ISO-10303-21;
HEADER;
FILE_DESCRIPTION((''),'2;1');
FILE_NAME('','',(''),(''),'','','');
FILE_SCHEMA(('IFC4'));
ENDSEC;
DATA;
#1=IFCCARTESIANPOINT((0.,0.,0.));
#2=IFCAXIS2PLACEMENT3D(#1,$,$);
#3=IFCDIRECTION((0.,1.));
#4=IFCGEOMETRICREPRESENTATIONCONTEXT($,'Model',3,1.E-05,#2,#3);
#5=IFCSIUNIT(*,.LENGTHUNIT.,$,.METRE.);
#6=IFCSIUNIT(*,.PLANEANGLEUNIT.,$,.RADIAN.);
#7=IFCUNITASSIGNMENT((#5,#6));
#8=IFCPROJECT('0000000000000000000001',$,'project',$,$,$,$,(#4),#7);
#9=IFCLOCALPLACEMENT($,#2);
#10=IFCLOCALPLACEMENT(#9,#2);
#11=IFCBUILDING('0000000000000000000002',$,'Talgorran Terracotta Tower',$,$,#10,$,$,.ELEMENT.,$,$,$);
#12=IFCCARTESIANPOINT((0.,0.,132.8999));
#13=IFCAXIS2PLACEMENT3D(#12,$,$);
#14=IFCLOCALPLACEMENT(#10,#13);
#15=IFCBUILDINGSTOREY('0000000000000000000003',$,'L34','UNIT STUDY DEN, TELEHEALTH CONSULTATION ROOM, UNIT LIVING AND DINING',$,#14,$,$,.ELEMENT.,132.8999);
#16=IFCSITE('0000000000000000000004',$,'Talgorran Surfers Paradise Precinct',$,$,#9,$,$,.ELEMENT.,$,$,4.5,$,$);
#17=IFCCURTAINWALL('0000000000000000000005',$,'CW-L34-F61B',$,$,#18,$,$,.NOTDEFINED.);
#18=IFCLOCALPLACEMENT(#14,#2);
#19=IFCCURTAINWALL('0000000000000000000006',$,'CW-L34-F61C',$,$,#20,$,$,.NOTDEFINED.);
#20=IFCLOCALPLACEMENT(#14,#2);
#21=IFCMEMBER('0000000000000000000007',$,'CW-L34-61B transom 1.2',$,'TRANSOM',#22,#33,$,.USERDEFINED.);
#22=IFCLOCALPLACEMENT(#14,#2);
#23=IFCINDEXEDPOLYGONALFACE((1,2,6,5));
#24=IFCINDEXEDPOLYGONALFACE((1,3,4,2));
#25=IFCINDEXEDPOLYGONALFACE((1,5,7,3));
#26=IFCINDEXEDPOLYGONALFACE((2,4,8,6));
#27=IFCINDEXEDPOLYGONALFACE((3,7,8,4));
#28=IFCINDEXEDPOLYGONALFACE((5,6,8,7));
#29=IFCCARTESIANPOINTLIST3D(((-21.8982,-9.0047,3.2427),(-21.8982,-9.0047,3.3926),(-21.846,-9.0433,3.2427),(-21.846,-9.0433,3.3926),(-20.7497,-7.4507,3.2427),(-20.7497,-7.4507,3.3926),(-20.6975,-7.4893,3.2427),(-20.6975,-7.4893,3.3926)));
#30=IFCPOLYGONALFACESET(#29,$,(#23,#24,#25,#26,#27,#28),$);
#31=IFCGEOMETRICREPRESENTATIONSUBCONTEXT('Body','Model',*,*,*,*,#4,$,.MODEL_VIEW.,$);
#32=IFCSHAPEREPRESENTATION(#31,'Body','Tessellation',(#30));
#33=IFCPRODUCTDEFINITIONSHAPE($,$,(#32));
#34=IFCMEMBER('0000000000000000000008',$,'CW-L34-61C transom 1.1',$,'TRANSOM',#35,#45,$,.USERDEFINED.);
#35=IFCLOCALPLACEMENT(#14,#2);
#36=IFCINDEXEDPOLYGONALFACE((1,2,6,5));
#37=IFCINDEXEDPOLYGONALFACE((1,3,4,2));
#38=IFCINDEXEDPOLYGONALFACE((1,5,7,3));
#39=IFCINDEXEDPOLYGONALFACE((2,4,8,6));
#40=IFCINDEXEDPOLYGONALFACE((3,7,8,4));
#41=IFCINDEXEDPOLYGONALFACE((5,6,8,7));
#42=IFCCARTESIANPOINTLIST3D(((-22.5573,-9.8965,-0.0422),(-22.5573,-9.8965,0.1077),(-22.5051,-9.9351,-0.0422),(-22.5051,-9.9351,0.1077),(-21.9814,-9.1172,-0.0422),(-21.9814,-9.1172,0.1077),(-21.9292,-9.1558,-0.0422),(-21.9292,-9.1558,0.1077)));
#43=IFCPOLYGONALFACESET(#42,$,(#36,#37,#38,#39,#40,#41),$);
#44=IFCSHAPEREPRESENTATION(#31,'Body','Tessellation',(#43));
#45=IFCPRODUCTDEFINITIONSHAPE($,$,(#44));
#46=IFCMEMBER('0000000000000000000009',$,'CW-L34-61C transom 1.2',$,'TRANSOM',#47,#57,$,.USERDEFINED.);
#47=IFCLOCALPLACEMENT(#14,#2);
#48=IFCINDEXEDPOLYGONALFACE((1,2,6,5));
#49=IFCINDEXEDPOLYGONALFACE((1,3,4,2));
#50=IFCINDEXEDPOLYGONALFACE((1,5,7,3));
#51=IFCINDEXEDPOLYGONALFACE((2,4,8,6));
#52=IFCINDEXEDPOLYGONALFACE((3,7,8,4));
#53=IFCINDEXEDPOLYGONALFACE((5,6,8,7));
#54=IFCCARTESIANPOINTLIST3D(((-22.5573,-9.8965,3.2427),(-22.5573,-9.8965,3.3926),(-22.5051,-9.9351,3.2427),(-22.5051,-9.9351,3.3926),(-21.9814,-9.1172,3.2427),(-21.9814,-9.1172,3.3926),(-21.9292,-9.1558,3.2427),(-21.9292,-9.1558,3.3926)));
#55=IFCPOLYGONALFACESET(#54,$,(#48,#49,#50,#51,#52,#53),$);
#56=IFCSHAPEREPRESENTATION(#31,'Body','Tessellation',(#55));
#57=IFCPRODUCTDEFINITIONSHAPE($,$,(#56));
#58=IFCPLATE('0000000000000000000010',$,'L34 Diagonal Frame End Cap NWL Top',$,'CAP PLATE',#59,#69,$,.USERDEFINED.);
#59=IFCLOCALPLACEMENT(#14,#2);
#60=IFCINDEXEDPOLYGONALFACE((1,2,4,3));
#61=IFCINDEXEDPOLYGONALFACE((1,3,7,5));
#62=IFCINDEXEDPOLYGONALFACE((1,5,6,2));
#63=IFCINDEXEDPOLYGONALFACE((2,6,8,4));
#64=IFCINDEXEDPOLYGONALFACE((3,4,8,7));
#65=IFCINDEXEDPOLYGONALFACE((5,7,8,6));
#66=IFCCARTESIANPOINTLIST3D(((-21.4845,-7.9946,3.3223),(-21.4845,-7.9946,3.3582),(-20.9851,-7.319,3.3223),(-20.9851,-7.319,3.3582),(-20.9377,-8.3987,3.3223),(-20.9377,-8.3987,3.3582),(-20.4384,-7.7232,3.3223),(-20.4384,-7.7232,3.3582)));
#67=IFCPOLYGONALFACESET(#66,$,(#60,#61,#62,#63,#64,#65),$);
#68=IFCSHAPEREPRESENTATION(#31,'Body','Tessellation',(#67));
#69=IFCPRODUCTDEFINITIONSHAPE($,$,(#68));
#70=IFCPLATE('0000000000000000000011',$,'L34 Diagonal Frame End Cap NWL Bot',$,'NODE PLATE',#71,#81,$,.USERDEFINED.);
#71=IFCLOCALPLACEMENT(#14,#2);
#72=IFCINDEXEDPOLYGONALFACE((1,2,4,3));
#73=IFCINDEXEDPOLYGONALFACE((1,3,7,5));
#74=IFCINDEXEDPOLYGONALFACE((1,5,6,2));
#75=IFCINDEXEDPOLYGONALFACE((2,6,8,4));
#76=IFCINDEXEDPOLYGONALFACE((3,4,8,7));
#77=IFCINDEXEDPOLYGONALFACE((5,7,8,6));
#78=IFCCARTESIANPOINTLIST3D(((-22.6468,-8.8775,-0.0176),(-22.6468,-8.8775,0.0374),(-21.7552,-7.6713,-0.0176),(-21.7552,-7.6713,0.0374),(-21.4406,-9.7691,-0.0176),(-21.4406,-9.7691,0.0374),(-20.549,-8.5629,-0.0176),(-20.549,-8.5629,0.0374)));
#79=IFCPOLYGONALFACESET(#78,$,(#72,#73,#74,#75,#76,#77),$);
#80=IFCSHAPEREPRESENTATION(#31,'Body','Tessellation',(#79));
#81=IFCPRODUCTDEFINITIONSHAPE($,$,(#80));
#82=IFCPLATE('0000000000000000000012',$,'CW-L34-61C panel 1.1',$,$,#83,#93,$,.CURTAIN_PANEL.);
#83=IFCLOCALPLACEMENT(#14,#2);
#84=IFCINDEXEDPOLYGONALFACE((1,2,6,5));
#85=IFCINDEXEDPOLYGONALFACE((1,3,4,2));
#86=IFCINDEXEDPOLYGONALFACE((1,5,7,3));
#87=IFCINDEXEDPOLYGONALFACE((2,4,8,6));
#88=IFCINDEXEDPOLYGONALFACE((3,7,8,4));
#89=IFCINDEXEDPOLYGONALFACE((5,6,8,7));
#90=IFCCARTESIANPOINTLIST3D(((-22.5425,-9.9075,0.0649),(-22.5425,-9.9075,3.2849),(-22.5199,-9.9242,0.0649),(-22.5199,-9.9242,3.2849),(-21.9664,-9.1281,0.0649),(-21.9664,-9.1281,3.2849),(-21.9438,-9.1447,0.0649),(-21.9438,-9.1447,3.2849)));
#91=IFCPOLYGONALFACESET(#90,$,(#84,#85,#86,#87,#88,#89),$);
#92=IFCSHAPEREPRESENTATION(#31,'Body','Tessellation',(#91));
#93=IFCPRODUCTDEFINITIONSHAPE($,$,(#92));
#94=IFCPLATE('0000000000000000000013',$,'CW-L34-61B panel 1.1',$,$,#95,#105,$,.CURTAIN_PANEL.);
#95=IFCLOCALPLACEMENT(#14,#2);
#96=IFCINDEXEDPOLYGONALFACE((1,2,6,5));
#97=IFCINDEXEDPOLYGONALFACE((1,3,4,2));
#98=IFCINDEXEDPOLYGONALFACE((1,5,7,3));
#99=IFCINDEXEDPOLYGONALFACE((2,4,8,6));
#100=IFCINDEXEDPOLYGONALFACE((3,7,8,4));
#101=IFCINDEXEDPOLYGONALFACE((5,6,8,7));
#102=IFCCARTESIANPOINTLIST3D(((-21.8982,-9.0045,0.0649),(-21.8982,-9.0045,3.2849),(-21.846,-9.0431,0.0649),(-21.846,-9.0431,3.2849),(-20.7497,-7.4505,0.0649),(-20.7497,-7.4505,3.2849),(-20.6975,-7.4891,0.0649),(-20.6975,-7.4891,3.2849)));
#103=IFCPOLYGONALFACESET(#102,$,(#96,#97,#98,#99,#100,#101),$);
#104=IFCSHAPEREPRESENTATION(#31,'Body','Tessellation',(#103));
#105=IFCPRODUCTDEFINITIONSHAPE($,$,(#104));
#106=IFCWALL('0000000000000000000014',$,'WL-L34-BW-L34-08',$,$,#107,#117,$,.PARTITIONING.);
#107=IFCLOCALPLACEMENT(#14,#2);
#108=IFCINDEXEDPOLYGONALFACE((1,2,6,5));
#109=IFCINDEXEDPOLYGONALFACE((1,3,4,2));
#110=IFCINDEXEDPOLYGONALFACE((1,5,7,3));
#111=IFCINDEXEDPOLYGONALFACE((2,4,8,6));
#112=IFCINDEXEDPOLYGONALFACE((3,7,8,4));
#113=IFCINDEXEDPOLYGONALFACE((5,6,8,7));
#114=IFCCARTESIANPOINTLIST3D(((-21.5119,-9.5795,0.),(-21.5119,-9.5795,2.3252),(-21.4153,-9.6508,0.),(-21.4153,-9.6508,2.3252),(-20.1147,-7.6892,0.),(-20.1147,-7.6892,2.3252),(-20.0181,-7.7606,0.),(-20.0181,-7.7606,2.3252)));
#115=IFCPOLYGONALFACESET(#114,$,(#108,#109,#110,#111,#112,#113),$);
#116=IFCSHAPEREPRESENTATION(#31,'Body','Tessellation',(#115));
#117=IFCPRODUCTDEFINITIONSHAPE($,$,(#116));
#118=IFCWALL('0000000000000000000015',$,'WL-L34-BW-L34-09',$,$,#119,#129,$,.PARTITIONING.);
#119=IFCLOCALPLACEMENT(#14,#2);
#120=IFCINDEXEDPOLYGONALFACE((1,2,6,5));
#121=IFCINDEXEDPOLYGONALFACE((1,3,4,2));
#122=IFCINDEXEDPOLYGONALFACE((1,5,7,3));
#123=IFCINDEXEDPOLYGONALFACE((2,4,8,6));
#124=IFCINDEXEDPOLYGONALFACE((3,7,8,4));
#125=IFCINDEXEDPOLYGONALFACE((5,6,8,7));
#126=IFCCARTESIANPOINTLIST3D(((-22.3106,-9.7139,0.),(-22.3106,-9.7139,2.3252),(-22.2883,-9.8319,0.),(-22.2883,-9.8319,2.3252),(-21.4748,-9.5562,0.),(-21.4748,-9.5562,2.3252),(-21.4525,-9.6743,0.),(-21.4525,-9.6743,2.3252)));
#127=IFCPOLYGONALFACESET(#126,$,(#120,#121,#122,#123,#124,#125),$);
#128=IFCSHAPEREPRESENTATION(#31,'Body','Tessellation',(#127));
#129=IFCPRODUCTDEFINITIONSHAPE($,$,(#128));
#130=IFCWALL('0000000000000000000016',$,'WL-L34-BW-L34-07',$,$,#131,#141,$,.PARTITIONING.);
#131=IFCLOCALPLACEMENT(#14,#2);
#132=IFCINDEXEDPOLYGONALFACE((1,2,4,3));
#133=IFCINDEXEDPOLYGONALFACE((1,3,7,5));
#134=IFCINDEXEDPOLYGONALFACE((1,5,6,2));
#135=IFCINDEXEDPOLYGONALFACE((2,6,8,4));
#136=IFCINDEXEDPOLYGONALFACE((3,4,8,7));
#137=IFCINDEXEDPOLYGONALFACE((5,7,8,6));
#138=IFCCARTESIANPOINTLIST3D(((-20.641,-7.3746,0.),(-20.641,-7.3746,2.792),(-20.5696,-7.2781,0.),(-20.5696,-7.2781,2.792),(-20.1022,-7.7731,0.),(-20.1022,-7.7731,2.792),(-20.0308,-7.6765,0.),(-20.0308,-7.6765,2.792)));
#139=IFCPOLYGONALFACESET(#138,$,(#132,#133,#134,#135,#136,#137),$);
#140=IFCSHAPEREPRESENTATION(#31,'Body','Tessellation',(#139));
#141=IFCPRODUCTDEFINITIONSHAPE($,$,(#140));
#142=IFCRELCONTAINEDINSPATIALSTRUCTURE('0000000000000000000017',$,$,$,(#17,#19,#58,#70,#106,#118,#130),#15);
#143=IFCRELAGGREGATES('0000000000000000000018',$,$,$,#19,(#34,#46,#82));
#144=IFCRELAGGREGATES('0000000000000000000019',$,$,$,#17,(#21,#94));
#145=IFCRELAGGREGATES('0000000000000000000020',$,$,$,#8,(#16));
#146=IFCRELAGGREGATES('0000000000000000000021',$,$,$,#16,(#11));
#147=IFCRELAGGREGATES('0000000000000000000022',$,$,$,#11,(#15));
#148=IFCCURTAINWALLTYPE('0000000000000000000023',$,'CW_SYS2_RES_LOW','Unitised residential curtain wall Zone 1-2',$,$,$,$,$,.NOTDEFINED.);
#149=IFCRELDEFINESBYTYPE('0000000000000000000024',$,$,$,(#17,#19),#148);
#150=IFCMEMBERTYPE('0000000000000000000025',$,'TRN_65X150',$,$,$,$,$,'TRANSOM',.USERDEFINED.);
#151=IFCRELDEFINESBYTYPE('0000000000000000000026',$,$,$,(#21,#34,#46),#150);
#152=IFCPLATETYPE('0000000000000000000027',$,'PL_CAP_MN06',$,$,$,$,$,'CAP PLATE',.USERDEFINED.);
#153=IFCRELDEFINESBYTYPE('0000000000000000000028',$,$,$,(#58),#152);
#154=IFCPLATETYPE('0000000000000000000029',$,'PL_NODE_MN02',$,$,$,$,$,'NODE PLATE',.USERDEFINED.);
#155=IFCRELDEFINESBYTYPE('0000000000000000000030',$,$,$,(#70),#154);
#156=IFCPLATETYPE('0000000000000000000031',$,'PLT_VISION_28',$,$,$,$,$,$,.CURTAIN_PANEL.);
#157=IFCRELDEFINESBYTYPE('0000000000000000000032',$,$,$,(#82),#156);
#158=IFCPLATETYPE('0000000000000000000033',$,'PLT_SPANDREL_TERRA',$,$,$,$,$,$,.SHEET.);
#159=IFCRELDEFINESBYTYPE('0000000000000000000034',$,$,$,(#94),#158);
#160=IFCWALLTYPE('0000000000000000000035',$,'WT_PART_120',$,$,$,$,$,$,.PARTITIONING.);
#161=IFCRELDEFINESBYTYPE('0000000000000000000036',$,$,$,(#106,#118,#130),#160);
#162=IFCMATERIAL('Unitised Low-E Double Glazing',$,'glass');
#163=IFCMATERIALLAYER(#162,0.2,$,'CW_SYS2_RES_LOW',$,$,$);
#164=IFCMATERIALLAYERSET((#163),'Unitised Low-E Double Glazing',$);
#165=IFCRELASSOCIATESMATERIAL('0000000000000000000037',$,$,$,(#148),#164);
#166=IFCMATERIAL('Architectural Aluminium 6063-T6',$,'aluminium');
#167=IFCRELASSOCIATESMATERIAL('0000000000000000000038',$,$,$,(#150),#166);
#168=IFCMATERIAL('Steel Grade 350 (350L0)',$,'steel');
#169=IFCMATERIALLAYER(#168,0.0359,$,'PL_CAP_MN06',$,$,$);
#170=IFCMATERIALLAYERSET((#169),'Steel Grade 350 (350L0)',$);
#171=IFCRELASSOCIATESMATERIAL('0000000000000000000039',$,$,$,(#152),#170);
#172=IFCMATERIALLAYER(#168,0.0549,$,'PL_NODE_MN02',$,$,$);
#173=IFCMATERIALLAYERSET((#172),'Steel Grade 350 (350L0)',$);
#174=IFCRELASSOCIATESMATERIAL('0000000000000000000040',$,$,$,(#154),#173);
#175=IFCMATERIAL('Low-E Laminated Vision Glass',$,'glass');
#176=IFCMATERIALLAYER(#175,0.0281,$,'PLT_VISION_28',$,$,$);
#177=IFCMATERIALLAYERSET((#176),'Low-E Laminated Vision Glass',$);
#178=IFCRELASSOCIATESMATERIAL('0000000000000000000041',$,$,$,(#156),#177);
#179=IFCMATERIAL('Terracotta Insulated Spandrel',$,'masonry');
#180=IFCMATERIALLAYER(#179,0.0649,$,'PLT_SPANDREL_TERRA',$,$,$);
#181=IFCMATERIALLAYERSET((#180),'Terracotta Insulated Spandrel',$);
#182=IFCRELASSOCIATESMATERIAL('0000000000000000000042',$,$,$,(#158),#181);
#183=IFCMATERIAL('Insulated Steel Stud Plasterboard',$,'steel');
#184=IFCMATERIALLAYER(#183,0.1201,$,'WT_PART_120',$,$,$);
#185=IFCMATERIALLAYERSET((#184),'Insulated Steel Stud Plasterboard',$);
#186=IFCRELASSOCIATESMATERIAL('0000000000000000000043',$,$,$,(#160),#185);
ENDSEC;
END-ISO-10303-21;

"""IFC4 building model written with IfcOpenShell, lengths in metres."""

from ifc_helpers import new_model, si_unit, direction, frame, frame_2d, origin, origin_2d, place, context, subcontext, project, spatial, rectangle, extrude, source, transform, mapped, material, layer, layer_set, material_profile, profile_set, type_object, type_shapes, element, aggregate, save


model = new_model("IFC4")

# Units and contexts
model_context = context("Model", 3, precision=1e-05, world=origin(), true_north=direction((0.0, 1.0)))
body_context = subcontext(model_context, "Body", "Model", "MODEL_VIEW")
ifc_project = project(units=[si_unit("LENGTHUNIT", "METRE"), si_unit("PLANEANGLEUNIT", "RADIAN")], contexts=[model_context])

# Site, building, storey
site_placement = place(None, origin())
site = spatial("IfcSite", under=ifc_project, at=site_placement, Name="Talgorran Surfers Paradise Precinct", CompositionType="ELEMENT", RefElevation=4.5)
building_placement = place(site_placement, origin())
building = spatial("IfcBuilding", under=site, at=building_placement, Name="Talgorran Terracotta Tower", CompositionType="ELEMENT")
storey_placement = place(building_placement, frame((0.0, 0.0, 132.8999)))
storey = spatial("IfcBuildingStorey", under=building, at=storey_placement, Name="L34", Description="UNIT STUDY DEN, TELEHEALTH CONSULTATION ROOM, UNIT LIVING AND DINING", CompositionType="ELEMENT", Elevation=132.8999)

# Shared definitions
ifc_material_1 = material(Name="Steel Grade 350 (350L0)", Category="steel")

# Shared definitions
ifc_material_2 = material(Name="Unitised Low-E Double Glazing", Category="glass")
ifc_layer_1 = layer(ifc_material_2, 0.2, Name="CW_SYS2_RES_LOW")
ifc_layer_set_1 = layer_set([ifc_layer_1], Name="Unitised Low-E Double Glazing")
curtain_wall_type = type_object("IfcCurtainWallType", Name="CW_SYS2_RES_LOW", Description="Unitised residential curtain wall Zone 1-2", PredefinedType="NOTDEFINED", material=ifc_layer_set_1)
ifc_material_3 = material(Name="Architectural Aluminium 6063-T6", Category="aluminium")

# Curtain walls
curtain_wall_1_placement = place(storey_placement, origin())
curtain_wall_1 = element("IfcCurtainWall", 1, at=curtain_wall_1_placement, inside=storey, type_object=curtain_wall_type, Name="CW-L34-F61B", PredefinedType="NOTDEFINED")
curtain_wall_2_placement = place(storey_placement, origin())
curtain_wall_2 = element("IfcCurtainWall", 2, at=curtain_wall_2_placement, inside=storey, type_object=curtain_wall_type, Name="CW-L34-F61C", PredefinedType="NOTDEFINED")

# Members
ifc_material_profile_1 = material_profile(ifc_material_3, rectangle(XDim=0.0649, YDim=0.1499, at=origin_2d()), Name="CWT65X150")
ifc_profile_set_1 = profile_set([ifc_material_profile_1], Name="Architectural Aluminium 6063-T6")
member_type_1 = type_object("IfcMemberType", Name="TRN_65X150", ElementType="TRANSOM", PredefinedType="USERDEFINED", material=ifc_profile_set_1)
member_1_placement = place(storey_placement, frame((-20.7236, -7.47, 3.3176), z_axis=(-0.594345, -0.80421, 0.0), x_axis=(0.80421, -0.594345, 0.0)))
member_1 = element("IfcMember", 3, at=member_1_placement, type_object=member_type_1, Name="CW-L34-61B transom 1.2", ObjectType="TRANSOM", PredefinedType="USERDEFINED", context=body_context, shape_type="SweptSolid", body=[
    extrude(rectangle(XDim=0.0649, YDim=0.1499, at=origin_2d()), origin(), (0.0, 0.0, 1.0), 1.9324),
])
member_2_placement = place(storey_placement, frame((-21.9553, -9.1365, 0.0327), z_axis=(-0.594341, -0.804213, 0.0), x_axis=(0.804213, -0.594341, 0.0)))
member_2 = element("IfcMember", 4, at=member_2_placement, type_object=member_type_1, Name="CW-L34-61C transom 1.1", ObjectType="TRANSOM", PredefinedType="USERDEFINED", context=body_context, shape_type="SweptSolid", body=[
    extrude(rectangle(XDim=0.0649, YDim=0.1499, at=origin_2d()), origin(), (0.0, 0.0, 1.0), 0.969),
])
member_3_placement = place(storey_placement, frame((-21.9553, -9.1365, 3.3176), z_axis=(-0.594341, -0.804213, 0.0), x_axis=(0.804213, -0.594341, 0.0)))
member_3 = element("IfcMember", 5, at=member_3_placement, type_object=member_type_1, Name="CW-L34-61C transom 1.2", ObjectType="TRANSOM", PredefinedType="USERDEFINED", context=body_context, shape_type="SweptSolid", body=[
    extrude(rectangle(XDim=0.0649, YDim=0.1499, at=origin_2d()), origin(), (0.0, 0.0, 1.0), 0.969),
])

# Plates
ifc_layer_2 = layer(ifc_material_1, 0.0359, Name="PL_CAP_MN06")
ifc_layer_set_2 = layer_set([ifc_layer_2], Name="Steel Grade 350 (350L0)")
plate_type_1 = type_object("IfcPlateType", Name="PL_CAP_MN06", ElementType="CAP PLATE", PredefinedType="USERDEFINED", material=ifc_layer_set_2)
plate_1_placement = place(storey_placement, frame((-20.9614, -7.8589, 3.3223), z_axis=(0.0, 0.0, 1.0), x_axis=(0.594402, 0.804168, 0.0)))
element("IfcPlate", 6, at=plate_1_placement, inside=storey, type_object=plate_type_1, Name="L34 Diagonal Frame End Cap NWL Top", ObjectType="CAP PLATE", PredefinedType="USERDEFINED", context=body_context, shape_type="SweptSolid", body=[
    extrude(rectangle(XDim=0.8401, YDim=0.6799, at=origin_2d()), origin(), (0.0, 0.0, 1.0), 0.0359),
])
ifc_layer_3 = layer(ifc_material_1, 0.0549, Name="PL_NODE_MN02")
ifc_layer_set_3 = layer_set([ifc_layer_3], Name="Steel Grade 350 (350L0)")
plate_type_2 = type_object("IfcPlateType", Name="PL_NODE_MN02", ElementType="NODE PLATE", PredefinedType="USERDEFINED", material=ifc_layer_set_3)
plate_2_placement = place(storey_placement, frame((-21.5979, -8.7202, -0.0176), z_axis=(0.0, 0.0, 1.0), x_axis=(0.594402, 0.804168, 0.0)))
element("IfcPlate", 7, at=plate_2_placement, inside=storey, type_object=plate_type_2, Name="L34 Diagonal Frame End Cap NWL Bot", ObjectType="NODE PLATE", PredefinedType="USERDEFINED", context=body_context, shape_type="SweptSolid", body=[
    extrude(rectangle(XDim=1.5, YDim=1.5, at=origin_2d()), origin(), (0.0, 0.0, 1.0), 0.0549),
])

# Plates
ifc_material_4 = material(Name="Low-E Laminated Vision Glass", Category="glass")
ifc_layer_4 = layer(ifc_material_4, 0.0281, Name="PLT_VISION_28")
ifc_layer_set_4 = layer_set([ifc_layer_4], Name="Low-E Laminated Vision Glass")
plate_type_3 = type_object("IfcPlateType", Name="PLT_VISION_28", PredefinedType="CURTAIN_PANEL", material=ifc_layer_set_4)
shared_shape_1 = source(origin(), body_context, "Body", "SweptSolid", [
    extrude(rectangle(XDim=0.9692, YDim=0.0281, at=origin_2d()), origin(), (0.0, 0.0, 1.0), 3.22),
])
type_shapes(plate_type_3, [shared_shape_1])
plate_3_placement = place(storey_placement, frame((-22.2432, -9.5261, 0.0649), z_axis=(0.0, 0.0, 1.0), x_axis=(-0.594381, -0.804184, 0.0)))
plate_3 = element("IfcPlate", 8, at=plate_3_placement, type_object=plate_type_3, Name="CW-L34-61C panel 1.1", PredefinedType="CURTAIN_PANEL", context=body_context, shape_type="MappedRepresentation", body=[
    mapped(shared_shape_1, transform((0.0, 0.0, 0.0), scale=1.0)),
])
aggregate(curtain_wall_2, [member_2, member_3, plate_3])
ifc_material_5 = material(Name="Terracotta Insulated Spandrel", Category="masonry")
ifc_layer_5 = layer(ifc_material_5, 0.0649, Name="PLT_SPANDREL_TERRA")
ifc_layer_set_5 = layer_set([ifc_layer_5], Name="Terracotta Insulated Spandrel")
plate_type_4 = type_object("IfcPlateType", Name="PLT_SPANDREL_TERRA", PredefinedType="SHEET", material=ifc_layer_set_5)
shared_shape_2 = source(origin(), body_context, "Body", "SweptSolid", [
    extrude(rectangle(XDim=1.9324, YDim=0.0649, at=origin_2d()), origin(), (0.0, 0.0, 1.0), 3.22),
])
type_shapes(plate_type_4, [shared_shape_2])
plate_4_placement = place(storey_placement, frame((-21.2979, -8.2468, 0.0649), z_axis=(0.0, 0.0, 1.0), x_axis=(-0.594345, -0.80421, 0.0)))
plate_4 = element("IfcPlate", 9, at=plate_4_placement, type_object=plate_type_4, Name="CW-L34-61B panel 1.1", PredefinedType="CURTAIN_PANEL", context=body_context, shape_type="MappedRepresentation", body=[
    mapped(shared_shape_2, transform((0.0, 0.0, 0.0), scale=1.0)),
])
aggregate(curtain_wall_1, [member_1, plate_4])

# Walls
ifc_material_6 = material(Name="Insulated Steel Stud Plasterboard", Category="steel")
ifc_layer_6 = layer(ifc_material_6, 0.1201, Name="WT_PART_120")
ifc_layer_set_6 = layer_set([ifc_layer_6], Name="Insulated Steel Stud Plasterboard")
wall_type = type_object("IfcWallType", Name="WT_PART_120", PredefinedType="PARTITIONING", material=ifc_layer_set_6)
wall_1_placement = place(storey_placement, frame((-20.0664, -7.7249, 0.0), z_axis=(0.0, 0.0, 1.0), x_axis=(-0.594385, -0.80418, 0.0)))
element("IfcWall", 10, at=wall_1_placement, inside=storey, type_object=wall_type, Name="WL-L34-BW-L34-08", PredefinedType="PARTITIONING", context=body_context, shape_type="SweptSolid", body=[
    extrude(rectangle(XDim=2.3506, YDim=0.1201, at=frame_2d((1.1753, 0.0))), origin(), (0.0, 0.0, 1.0), 2.3252),
])
wall_2_placement = place(storey_placement, frame((-21.4636, -9.6152, 0.0), z_axis=(0.0, 0.0, 1.0), x_axis=(-0.982664, -0.185397, 0.0)))
element("IfcWall", 11, at=wall_2_placement, inside=storey, type_object=wall_type, Name="WL-L34-BW-L34-09", PredefinedType="PARTITIONING", context=body_context, shape_type="SweptSolid", body=[
    extrude(rectangle(XDim=0.8506, YDim=0.1201, at=frame_2d((0.4253, 0.0))), origin(), (0.0, 0.0, 1.0), 2.3252),
])
wall_3_placement = place(storey_placement, frame((-20.6052, -7.3264, 0.0), z_axis=(0.0, 0.0, 1.0), x_axis=(0.804047, -0.594565, 0.0)))
element("IfcWall", 12, at=wall_3_placement, inside=storey, type_object=wall_type, Name="WL-L34-BW-L34-07", PredefinedType="PARTITIONING", context=body_context, shape_type="SweptSolid", body=[
    extrude(rectangle(XDim=0.6702, YDim=0.1201, at=frame_2d((0.335, 0.0))), origin(), (0.0, 0.0, 1.0), 2.792),
])

save(model, "model.ifc")
